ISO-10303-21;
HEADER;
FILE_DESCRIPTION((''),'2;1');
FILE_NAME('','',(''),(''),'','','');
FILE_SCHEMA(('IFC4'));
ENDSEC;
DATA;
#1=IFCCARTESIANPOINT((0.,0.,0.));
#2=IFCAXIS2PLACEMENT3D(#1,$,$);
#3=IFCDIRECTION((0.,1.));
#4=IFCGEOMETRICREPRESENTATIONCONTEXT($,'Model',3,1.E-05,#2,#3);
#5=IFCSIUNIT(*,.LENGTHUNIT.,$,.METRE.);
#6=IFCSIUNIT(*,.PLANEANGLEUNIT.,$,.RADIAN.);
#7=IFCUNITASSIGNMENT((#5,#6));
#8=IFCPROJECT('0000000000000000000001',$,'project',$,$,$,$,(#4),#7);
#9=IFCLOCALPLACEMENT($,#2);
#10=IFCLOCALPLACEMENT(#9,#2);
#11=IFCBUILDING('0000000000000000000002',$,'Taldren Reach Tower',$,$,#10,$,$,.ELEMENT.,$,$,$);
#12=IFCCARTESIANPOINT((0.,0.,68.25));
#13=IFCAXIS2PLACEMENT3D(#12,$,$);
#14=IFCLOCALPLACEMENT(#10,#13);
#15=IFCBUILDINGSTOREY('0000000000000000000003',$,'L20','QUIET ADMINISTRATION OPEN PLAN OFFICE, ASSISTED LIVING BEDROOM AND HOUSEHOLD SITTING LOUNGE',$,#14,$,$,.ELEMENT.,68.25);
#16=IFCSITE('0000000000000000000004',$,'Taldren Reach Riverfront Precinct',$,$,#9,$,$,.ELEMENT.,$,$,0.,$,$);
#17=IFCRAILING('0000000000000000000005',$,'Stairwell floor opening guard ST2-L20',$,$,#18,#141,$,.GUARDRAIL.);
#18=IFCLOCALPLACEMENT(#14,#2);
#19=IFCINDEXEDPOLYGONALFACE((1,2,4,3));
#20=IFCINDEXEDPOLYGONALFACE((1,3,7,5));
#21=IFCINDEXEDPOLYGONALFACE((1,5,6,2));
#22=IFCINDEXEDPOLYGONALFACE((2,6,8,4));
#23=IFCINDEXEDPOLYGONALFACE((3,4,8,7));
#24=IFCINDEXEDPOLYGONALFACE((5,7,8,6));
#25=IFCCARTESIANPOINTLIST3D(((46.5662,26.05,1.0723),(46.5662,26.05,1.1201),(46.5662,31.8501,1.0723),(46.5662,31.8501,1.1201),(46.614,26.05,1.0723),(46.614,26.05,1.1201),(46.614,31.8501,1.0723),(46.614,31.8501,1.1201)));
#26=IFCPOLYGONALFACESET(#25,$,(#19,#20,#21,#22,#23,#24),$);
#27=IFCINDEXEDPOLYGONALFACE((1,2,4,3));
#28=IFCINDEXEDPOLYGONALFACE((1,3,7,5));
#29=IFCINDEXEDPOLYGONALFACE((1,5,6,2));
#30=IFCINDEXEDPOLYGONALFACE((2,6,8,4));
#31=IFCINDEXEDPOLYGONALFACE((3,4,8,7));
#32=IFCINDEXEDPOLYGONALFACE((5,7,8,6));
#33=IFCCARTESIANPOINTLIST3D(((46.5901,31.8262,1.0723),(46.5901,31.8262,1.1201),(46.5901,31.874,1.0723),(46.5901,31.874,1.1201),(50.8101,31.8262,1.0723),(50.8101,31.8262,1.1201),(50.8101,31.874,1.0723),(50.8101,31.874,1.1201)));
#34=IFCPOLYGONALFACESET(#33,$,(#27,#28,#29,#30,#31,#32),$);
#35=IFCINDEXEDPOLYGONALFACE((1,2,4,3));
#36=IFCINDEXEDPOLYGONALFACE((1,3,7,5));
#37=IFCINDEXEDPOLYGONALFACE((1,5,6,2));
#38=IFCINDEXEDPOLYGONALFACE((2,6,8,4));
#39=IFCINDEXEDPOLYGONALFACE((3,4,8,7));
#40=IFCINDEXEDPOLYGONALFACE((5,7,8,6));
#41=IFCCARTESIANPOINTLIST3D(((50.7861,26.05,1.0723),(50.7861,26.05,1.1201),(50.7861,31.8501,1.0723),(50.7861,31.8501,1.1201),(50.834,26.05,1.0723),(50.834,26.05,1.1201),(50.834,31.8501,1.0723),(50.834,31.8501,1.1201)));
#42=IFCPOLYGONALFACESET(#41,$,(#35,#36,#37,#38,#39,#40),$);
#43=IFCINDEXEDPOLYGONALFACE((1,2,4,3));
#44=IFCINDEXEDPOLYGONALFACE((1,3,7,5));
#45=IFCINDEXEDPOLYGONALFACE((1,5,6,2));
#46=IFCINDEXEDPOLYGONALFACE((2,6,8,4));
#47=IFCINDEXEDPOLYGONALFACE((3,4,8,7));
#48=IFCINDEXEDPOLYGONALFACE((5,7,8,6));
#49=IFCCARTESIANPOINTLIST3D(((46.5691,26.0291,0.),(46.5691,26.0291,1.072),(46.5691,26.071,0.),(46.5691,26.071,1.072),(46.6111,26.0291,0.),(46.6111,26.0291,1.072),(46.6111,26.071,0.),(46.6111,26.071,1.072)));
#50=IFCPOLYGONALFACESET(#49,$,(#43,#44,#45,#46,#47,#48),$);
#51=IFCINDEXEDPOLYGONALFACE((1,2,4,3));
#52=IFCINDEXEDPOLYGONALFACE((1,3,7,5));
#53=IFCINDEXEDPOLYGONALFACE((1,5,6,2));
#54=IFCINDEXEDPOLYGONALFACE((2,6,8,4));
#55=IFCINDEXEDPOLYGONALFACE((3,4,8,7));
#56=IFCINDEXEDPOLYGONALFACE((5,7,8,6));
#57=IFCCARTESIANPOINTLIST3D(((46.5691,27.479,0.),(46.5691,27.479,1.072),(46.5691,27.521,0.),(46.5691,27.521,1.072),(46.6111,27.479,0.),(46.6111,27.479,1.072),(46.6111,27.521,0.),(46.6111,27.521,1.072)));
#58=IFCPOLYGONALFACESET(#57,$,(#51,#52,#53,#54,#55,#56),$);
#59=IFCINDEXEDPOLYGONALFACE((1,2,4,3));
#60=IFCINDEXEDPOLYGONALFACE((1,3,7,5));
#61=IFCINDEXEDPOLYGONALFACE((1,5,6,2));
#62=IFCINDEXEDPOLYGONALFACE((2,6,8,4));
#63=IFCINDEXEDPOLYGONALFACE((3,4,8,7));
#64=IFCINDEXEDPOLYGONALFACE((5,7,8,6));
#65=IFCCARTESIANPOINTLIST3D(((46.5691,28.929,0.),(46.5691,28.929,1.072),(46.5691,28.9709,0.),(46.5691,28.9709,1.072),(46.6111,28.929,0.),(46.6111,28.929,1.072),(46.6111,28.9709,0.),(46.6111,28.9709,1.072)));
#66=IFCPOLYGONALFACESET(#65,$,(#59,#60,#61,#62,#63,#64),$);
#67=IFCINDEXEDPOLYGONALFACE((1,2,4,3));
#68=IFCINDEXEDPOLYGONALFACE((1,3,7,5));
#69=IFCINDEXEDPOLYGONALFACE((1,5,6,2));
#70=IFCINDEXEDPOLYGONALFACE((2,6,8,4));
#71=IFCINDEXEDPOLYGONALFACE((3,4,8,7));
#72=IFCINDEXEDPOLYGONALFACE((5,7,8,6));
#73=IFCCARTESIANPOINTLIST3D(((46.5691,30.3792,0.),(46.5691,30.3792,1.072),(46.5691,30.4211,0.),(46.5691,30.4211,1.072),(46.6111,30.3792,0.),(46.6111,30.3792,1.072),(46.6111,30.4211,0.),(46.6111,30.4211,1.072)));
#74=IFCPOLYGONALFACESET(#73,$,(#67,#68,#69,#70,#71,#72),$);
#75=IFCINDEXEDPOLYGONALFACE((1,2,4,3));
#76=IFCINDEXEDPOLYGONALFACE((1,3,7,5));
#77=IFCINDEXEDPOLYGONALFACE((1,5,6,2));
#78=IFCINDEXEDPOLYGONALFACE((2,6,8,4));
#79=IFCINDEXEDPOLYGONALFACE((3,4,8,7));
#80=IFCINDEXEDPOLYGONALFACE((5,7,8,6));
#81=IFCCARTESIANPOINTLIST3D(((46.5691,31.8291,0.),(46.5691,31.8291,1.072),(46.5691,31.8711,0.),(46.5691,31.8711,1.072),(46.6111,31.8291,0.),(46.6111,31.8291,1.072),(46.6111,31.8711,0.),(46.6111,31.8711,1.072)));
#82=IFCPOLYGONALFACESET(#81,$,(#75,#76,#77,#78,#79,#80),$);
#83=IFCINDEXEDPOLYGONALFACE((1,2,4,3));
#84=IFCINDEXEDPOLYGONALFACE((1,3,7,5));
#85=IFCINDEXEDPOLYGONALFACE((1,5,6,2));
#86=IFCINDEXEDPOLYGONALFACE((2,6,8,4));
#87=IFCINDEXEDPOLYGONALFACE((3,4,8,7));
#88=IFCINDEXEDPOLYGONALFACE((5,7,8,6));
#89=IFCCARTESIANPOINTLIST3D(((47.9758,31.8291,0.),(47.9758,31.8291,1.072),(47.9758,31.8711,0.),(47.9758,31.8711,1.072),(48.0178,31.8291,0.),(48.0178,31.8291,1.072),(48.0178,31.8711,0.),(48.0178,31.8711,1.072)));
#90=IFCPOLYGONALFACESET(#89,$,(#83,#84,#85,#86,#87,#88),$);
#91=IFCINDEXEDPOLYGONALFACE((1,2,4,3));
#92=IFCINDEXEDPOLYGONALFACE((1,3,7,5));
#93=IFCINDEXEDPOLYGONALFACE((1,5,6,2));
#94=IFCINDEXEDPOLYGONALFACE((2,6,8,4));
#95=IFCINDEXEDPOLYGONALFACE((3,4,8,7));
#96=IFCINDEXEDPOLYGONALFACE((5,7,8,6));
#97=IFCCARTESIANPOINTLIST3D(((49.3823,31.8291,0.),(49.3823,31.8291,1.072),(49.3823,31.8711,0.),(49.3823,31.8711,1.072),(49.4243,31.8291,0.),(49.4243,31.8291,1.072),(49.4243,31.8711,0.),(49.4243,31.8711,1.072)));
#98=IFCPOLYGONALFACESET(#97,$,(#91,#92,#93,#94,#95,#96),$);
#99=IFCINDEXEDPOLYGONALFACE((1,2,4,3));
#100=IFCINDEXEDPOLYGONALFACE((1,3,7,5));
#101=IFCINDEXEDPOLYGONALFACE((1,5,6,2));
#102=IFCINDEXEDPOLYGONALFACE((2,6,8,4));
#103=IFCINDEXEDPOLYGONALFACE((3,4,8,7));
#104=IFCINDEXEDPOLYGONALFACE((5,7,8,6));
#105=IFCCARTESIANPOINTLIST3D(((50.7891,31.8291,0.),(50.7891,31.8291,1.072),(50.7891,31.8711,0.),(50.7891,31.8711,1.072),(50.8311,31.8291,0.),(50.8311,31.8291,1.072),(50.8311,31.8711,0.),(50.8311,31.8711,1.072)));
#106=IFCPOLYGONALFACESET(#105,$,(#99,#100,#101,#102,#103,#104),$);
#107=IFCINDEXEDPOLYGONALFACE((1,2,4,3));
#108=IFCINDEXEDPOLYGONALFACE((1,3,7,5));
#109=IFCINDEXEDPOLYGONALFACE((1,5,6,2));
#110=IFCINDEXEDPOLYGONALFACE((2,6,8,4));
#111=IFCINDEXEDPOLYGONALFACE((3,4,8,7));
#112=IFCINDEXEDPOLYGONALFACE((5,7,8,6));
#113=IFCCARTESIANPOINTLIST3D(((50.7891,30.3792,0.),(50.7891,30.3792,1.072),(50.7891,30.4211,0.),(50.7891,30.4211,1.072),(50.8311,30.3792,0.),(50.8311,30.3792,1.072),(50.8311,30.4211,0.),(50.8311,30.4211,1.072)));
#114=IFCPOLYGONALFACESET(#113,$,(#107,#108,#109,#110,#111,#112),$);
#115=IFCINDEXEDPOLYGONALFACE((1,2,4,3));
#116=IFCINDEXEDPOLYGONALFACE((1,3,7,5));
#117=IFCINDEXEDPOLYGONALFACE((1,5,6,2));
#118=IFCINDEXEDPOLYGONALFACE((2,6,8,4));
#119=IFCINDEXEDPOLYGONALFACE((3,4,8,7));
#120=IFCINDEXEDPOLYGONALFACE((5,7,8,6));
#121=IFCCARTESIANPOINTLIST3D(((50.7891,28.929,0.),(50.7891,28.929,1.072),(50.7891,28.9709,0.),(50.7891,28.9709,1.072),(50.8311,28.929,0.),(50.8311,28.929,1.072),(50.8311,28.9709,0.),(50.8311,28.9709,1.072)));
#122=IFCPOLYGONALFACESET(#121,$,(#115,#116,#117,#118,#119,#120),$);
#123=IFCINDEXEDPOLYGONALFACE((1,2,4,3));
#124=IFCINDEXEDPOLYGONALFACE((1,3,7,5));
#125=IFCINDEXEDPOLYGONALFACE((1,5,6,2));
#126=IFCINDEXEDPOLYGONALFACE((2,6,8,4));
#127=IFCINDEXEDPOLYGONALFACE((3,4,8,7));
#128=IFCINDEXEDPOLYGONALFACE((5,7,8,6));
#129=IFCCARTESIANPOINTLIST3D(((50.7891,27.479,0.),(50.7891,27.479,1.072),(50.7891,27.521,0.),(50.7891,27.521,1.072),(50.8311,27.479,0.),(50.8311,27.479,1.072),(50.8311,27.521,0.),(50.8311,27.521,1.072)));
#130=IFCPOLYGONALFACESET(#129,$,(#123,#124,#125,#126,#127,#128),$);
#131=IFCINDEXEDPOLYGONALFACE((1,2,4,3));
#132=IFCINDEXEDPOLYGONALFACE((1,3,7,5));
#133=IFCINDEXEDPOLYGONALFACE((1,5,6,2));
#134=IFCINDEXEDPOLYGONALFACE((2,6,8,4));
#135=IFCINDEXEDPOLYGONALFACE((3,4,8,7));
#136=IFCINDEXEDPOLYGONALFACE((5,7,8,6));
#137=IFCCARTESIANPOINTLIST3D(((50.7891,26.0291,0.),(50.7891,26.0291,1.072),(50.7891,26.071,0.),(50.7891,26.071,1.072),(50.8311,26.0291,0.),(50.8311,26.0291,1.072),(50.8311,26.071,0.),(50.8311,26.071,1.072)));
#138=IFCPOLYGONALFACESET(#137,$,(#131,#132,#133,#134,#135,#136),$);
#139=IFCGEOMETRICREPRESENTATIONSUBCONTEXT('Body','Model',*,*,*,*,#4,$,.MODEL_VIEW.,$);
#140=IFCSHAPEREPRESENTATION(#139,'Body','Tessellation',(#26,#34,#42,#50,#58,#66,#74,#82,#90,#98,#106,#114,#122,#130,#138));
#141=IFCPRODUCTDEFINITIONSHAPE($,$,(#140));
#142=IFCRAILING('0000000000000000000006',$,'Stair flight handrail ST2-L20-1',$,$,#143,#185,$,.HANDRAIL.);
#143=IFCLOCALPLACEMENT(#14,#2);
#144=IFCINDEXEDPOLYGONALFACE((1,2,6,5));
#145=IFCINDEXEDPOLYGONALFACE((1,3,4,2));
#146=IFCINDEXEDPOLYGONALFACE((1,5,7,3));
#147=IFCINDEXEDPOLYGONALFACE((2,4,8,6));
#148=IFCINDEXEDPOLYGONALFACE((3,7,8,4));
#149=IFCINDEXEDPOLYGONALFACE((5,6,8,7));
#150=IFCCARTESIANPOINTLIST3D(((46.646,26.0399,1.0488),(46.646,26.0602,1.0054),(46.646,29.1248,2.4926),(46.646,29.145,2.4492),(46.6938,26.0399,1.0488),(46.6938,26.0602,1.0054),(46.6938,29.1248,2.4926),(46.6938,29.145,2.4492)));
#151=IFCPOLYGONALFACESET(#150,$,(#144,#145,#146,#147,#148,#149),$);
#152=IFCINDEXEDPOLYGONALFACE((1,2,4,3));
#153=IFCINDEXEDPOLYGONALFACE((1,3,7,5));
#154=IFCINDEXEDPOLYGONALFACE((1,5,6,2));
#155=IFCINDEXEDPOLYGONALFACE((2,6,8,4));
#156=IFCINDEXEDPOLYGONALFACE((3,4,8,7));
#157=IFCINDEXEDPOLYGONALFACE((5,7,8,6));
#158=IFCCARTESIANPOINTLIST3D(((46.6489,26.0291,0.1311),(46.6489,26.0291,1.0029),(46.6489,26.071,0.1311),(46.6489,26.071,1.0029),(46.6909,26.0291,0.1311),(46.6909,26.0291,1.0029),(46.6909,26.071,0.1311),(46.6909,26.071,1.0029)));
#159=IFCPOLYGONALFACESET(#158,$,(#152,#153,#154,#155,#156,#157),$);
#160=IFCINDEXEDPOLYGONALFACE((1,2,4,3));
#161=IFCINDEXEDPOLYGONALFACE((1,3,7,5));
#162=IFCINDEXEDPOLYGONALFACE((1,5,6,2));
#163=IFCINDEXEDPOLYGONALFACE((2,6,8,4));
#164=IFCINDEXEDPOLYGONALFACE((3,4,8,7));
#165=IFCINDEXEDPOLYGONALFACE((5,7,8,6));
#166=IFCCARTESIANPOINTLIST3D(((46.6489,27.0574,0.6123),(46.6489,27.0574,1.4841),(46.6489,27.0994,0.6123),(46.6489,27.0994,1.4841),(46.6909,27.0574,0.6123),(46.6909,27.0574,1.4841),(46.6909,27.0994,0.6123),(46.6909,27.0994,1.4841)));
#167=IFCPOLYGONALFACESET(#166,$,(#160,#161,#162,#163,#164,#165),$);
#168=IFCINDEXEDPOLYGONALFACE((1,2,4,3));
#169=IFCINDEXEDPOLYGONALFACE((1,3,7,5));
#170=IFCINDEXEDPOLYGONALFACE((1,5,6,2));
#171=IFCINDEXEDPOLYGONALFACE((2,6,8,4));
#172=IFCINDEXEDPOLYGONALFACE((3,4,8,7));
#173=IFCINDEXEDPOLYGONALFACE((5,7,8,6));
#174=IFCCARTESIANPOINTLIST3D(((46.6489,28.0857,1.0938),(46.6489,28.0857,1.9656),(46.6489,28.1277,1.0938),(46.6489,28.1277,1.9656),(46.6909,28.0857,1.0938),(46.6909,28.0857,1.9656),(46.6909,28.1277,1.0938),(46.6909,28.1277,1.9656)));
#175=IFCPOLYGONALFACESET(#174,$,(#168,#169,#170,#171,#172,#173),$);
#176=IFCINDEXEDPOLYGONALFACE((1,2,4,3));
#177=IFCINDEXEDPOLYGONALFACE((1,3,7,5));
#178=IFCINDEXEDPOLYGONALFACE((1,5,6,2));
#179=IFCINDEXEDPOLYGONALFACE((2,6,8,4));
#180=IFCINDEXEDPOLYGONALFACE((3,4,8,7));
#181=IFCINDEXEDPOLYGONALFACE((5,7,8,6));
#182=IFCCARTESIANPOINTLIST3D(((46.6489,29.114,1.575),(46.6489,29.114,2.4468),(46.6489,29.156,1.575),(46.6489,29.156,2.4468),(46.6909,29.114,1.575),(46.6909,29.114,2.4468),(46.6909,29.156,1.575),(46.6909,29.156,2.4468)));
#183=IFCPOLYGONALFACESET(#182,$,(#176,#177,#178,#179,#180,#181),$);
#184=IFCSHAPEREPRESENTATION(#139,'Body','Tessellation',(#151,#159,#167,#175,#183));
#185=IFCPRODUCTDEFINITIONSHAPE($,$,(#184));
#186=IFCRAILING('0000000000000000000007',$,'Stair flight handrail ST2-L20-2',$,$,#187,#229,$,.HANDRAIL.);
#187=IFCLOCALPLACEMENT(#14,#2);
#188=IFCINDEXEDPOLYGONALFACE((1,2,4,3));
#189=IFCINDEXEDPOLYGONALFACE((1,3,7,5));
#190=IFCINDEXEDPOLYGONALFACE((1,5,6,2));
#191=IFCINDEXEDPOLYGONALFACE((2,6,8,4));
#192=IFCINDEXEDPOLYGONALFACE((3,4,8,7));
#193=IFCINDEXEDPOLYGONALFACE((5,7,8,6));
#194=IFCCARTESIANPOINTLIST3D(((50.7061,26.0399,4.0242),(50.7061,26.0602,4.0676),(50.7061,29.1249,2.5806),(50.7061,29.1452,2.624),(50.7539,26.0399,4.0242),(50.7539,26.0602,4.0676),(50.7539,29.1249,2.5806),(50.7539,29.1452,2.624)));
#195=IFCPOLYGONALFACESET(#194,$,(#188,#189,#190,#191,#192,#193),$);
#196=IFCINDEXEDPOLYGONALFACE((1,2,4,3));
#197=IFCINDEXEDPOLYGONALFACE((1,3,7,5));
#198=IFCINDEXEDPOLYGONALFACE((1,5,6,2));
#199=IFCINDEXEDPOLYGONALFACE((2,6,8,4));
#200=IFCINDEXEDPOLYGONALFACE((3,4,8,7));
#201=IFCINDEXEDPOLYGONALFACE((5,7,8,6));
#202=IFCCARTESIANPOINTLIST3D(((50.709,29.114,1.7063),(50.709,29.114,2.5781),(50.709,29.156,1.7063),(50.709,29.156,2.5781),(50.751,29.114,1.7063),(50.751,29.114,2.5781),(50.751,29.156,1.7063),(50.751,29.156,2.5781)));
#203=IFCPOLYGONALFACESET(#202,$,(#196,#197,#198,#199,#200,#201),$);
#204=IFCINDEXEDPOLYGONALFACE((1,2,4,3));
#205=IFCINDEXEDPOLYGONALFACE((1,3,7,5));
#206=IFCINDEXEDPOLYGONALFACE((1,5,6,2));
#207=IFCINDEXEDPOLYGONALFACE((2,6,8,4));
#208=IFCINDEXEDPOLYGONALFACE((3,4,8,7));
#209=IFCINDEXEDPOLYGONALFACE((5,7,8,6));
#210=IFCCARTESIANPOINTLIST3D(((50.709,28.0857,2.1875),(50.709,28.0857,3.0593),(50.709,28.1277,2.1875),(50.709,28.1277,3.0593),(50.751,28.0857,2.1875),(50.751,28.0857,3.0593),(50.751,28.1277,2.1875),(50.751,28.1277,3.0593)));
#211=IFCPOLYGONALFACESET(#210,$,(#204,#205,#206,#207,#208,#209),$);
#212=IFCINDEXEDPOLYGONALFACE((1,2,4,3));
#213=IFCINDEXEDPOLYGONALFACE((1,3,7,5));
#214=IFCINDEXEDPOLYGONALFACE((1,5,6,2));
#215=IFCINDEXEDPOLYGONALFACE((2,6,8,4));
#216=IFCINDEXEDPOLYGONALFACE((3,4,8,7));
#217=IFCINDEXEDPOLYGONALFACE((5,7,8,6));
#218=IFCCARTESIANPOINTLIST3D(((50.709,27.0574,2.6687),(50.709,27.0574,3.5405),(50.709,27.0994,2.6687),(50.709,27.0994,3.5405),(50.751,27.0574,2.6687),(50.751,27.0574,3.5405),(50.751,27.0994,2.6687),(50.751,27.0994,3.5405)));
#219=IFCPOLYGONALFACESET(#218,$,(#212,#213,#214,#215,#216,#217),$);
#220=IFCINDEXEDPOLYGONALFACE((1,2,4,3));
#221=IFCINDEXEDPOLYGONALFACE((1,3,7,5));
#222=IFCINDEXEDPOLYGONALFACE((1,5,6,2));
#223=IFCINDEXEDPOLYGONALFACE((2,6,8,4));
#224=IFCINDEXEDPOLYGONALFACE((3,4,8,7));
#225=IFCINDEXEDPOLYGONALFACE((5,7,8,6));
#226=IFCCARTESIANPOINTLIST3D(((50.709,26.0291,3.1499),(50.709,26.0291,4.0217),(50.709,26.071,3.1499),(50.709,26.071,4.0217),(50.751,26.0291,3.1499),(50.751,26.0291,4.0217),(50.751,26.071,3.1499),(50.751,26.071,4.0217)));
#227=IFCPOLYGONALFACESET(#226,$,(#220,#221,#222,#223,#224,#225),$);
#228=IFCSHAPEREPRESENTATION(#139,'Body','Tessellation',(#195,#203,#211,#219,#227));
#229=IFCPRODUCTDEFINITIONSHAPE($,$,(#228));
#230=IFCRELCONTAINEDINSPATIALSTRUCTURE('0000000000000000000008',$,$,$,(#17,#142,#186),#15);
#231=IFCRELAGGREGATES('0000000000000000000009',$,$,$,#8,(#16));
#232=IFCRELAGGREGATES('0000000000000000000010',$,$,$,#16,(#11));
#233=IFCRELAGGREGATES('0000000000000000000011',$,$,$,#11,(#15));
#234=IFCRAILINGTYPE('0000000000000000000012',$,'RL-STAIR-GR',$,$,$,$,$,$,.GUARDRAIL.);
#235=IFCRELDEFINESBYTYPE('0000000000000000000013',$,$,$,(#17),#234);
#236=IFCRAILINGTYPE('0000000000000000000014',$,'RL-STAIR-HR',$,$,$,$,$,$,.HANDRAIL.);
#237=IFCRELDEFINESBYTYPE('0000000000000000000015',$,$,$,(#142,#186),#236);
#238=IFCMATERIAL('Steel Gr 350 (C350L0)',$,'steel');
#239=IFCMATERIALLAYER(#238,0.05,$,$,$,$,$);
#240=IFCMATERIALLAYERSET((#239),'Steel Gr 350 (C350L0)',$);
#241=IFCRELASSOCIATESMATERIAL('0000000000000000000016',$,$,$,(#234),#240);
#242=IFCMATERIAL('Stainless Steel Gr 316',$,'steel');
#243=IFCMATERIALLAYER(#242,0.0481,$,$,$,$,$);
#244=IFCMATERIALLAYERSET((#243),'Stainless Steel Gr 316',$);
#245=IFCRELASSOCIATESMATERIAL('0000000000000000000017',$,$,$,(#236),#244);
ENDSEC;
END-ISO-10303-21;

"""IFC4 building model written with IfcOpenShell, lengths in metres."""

from ifc_helpers import new_model, si_unit, direction, frame, origin, origin_2d, place, context, subcontext, project, spatial, rectangle, extrude, material, layer, layer_set, type_object, element, save


model = new_model("IFC4")

# Units and contexts
model_context = context("Model", 3, precision=1e-05, world=origin(), true_north=direction((0.0, 1.0)))
body_context = subcontext(model_context, "Body", "Model", "MODEL_VIEW")
ifc_project = project(units=[si_unit("LENGTHUNIT", "METRE"), si_unit("PLANEANGLEUNIT", "RADIAN")], contexts=[model_context])

# Site, building, storey
site_placement = place(None, origin())
site = spatial("IfcSite", under=ifc_project, at=site_placement, Name="Taldren Reach Riverfront Precinct", CompositionType="ELEMENT", RefElevation=0.0)
building_placement = place(site_placement, origin())
building = spatial("IfcBuilding", under=site, at=building_placement, Name="Taldren Reach Tower", CompositionType="ELEMENT")
storey_placement = place(building_placement, frame((0.0, 0.0, 68.25)))
storey = spatial("IfcBuildingStorey", under=building, at=storey_placement, Name="L20", Description="QUIET ADMINISTRATION OPEN PLAN OFFICE, ASSISTED LIVING BEDROOM AND HOUSEHOLD SITTING LOUNGE", CompositionType="ELEMENT", Elevation=68.25)

# Shared definitions
ifc_material_1 = material(Name="Steel Gr 350 (C350L0)", Category="steel")

# Railings
ifc_layer_1 = layer(ifc_material_1, 0.05)
ifc_layer_set_1 = layer_set([ifc_layer_1], Name="Steel Gr 350 (C350L0)")
railing_type_1 = type_object("IfcRailingType", Name="RL-STAIR-GR", PredefinedType="GUARDRAIL", material=ifc_layer_set_1)
railing_1_placement = place(storey_placement, frame((46.5901, 26.05, 0.0)))
element("IfcRailing", 1, at=railing_1_placement, inside=storey, type_object=railing_type_1, Name="Stairwell floor opening guard ST2-L20", PredefinedType="GUARDRAIL", context=body_context, shape_type="SweptSolid", body=[
    extrude(rectangle(XDim=0.0479, YDim=0.0479, at=origin_2d()), frame((0.0, 0.0, 1.0962), z_axis=(0.0, 1.0, 0.0), x_axis=(-1.0, 0.0, 0.0)), (0.0, 0.0, 1.0), 5.8),
    extrude(rectangle(XDim=0.0479, YDim=0.0479, at=origin_2d()), frame((0.0, 5.8, 1.0962), z_axis=(1.0, 0.0, 0.0), x_axis=(0.0, 1.0, 0.0)), (0.0, 0.0, 1.0), 4.22),
    extrude(rectangle(XDim=0.0479, YDim=0.0479, at=origin_2d()), frame((4.22, 5.8, 1.0962), z_axis=(0.0, -1.0, 0.0), x_axis=(1.0, 0.0, 0.0)), (0.0, 0.0, 1.0), 5.8),
    extrude(rectangle(XDim=0.042, YDim=0.042, at=origin_2d()), origin(), (0.0, 0.0, 1.0), 1.072),
    extrude(rectangle(XDim=0.042, YDim=0.042, at=origin_2d()), frame((0.0, 1.45, 0.0)), (0.0, 0.0, 1.0), 1.072),
    extrude(rectangle(XDim=0.042, YDim=0.042, at=origin_2d()), frame((0.0, 2.8999, 0.0)), (0.0, 0.0, 1.0), 1.072),
    extrude(rectangle(XDim=0.042, YDim=0.042, at=origin_2d()), frame((0.0, 4.3501, 0.0)), (0.0, 0.0, 1.0), 1.072),
    extrude(rectangle(XDim=0.042, YDim=0.042, at=origin_2d()), frame((0.0, 5.8, 0.0)), (0.0, 0.0, 1.0), 1.072),
    extrude(rectangle(XDim=0.042, YDim=0.042, at=origin_2d()), frame((1.4067, 5.8, 0.0)), (0.0, 0.0, 1.0), 1.072),
    extrude(rectangle(XDim=0.042, YDim=0.042, at=origin_2d()), frame((2.8132, 5.8, 0.0)), (0.0, 0.0, 1.0), 1.072),
    extrude(rectangle(XDim=0.042, YDim=0.042, at=origin_2d()), frame((4.22, 5.8, 0.0)), (0.0, 0.0, 1.0), 1.072),
    extrude(rectangle(XDim=0.042, YDim=0.042, at=origin_2d()), frame((4.22, 4.3501, 0.0)), (0.0, 0.0, 1.0), 1.072),
    extrude(rectangle(XDim=0.042, YDim=0.042, at=origin_2d()), frame((4.22, 2.8999, 0.0)), (0.0, 0.0, 1.0), 1.072),
    extrude(rectangle(XDim=0.042, YDim=0.042, at=origin_2d()), frame((4.22, 1.45, 0.0)), (0.0, 0.0, 1.0), 1.072),
    extrude(rectangle(XDim=0.042, YDim=0.042, at=origin_2d()), frame((4.22, 0.0, 0.0)), (0.0, 0.0, 1.0), 1.072),
])
ifc_material_2 = material(Name="Stainless Steel Gr 316", Category="steel")
ifc_layer_2 = layer(ifc_material_2, 0.0481)
ifc_layer_set_2 = layer_set([ifc_layer_2], Name="Stainless Steel Gr 316")
railing_type_2 = type_object("IfcRailingType", Name="RL-STAIR-HR", PredefinedType="HANDRAIL", material=ifc_layer_set_2)
railing_2_placement = place(storey_placement, frame((46.6699, 26.05, 0.1311)))
element("IfcRailing", 2, at=railing_2_placement, inside=storey, type_object=railing_type_2, Name="Stair flight handrail ST2-L20-1", PredefinedType="HANDRAIL", context=body_context, shape_type="SweptSolid", body=[
    extrude(rectangle(XDim=0.0479, YDim=0.0479, at=origin_2d()), frame((0.0, 0.0, 0.896), z_axis=(0.0, 0.90571, 0.423898), x_axis=(-1.0, 0.0, 0.0)), (0.0, 0.0, 1.0), 3.406),
    extrude(rectangle(XDim=0.042, YDim=0.042, at=origin_2d()), origin(), (0.0, 0.0, 1.0), 0.8718),
    extrude(rectangle(XDim=0.042, YDim=0.042, at=origin_2d()), frame((0.0, 1.0283, 0.4812)), (0.0, 0.0, 1.0), 0.8718),
    extrude(rectangle(XDim=0.042, YDim=0.042, at=origin_2d()), frame((0.0, 2.0566, 0.9626)), (0.0, 0.0, 1.0), 0.8718),
    extrude(rectangle(XDim=0.042, YDim=0.042, at=origin_2d()), frame((0.0, 3.085, 1.4438)), (0.0, 0.0, 1.0), 0.8718),
])
railing_3_placement = place(storey_placement, frame((50.73, 29.135, 1.7063)))
element("IfcRailing", 3, at=railing_3_placement, inside=storey, type_object=railing_type_2, Name="Stair flight handrail ST2-L20-2", PredefinedType="HANDRAIL", context=body_context, shape_type="SweptSolid", body=[
    extrude(rectangle(XDim=0.0479, YDim=0.0479, at=origin_2d()), frame((0.0, 0.0, 0.896), z_axis=(0.0, -0.905738, 0.423839), x_axis=(1.0, 0.0, 0.0)), (0.0, 0.0, 1.0), 3.406),
    extrude(rectangle(XDim=0.042, YDim=0.042, at=origin_2d()), origin(), (0.0, 0.0, 1.0), 0.8718),
    extrude(rectangle(XDim=0.042, YDim=0.042, at=origin_2d()), frame((0.0, -1.0283, 0.4812)), (0.0, 0.0, 1.0), 0.8718),
    extrude(rectangle(XDim=0.042, YDim=0.042, at=origin_2d()), frame((0.0, -2.0566, 0.9624)), (0.0, 0.0, 1.0), 0.8718),
    extrude(rectangle(XDim=0.042, YDim=0.042, at=origin_2d()), frame((0.0, -3.085, 1.4436)), (0.0, 0.0, 1.0), 0.8718),
])

save(model, "model.ifc")
